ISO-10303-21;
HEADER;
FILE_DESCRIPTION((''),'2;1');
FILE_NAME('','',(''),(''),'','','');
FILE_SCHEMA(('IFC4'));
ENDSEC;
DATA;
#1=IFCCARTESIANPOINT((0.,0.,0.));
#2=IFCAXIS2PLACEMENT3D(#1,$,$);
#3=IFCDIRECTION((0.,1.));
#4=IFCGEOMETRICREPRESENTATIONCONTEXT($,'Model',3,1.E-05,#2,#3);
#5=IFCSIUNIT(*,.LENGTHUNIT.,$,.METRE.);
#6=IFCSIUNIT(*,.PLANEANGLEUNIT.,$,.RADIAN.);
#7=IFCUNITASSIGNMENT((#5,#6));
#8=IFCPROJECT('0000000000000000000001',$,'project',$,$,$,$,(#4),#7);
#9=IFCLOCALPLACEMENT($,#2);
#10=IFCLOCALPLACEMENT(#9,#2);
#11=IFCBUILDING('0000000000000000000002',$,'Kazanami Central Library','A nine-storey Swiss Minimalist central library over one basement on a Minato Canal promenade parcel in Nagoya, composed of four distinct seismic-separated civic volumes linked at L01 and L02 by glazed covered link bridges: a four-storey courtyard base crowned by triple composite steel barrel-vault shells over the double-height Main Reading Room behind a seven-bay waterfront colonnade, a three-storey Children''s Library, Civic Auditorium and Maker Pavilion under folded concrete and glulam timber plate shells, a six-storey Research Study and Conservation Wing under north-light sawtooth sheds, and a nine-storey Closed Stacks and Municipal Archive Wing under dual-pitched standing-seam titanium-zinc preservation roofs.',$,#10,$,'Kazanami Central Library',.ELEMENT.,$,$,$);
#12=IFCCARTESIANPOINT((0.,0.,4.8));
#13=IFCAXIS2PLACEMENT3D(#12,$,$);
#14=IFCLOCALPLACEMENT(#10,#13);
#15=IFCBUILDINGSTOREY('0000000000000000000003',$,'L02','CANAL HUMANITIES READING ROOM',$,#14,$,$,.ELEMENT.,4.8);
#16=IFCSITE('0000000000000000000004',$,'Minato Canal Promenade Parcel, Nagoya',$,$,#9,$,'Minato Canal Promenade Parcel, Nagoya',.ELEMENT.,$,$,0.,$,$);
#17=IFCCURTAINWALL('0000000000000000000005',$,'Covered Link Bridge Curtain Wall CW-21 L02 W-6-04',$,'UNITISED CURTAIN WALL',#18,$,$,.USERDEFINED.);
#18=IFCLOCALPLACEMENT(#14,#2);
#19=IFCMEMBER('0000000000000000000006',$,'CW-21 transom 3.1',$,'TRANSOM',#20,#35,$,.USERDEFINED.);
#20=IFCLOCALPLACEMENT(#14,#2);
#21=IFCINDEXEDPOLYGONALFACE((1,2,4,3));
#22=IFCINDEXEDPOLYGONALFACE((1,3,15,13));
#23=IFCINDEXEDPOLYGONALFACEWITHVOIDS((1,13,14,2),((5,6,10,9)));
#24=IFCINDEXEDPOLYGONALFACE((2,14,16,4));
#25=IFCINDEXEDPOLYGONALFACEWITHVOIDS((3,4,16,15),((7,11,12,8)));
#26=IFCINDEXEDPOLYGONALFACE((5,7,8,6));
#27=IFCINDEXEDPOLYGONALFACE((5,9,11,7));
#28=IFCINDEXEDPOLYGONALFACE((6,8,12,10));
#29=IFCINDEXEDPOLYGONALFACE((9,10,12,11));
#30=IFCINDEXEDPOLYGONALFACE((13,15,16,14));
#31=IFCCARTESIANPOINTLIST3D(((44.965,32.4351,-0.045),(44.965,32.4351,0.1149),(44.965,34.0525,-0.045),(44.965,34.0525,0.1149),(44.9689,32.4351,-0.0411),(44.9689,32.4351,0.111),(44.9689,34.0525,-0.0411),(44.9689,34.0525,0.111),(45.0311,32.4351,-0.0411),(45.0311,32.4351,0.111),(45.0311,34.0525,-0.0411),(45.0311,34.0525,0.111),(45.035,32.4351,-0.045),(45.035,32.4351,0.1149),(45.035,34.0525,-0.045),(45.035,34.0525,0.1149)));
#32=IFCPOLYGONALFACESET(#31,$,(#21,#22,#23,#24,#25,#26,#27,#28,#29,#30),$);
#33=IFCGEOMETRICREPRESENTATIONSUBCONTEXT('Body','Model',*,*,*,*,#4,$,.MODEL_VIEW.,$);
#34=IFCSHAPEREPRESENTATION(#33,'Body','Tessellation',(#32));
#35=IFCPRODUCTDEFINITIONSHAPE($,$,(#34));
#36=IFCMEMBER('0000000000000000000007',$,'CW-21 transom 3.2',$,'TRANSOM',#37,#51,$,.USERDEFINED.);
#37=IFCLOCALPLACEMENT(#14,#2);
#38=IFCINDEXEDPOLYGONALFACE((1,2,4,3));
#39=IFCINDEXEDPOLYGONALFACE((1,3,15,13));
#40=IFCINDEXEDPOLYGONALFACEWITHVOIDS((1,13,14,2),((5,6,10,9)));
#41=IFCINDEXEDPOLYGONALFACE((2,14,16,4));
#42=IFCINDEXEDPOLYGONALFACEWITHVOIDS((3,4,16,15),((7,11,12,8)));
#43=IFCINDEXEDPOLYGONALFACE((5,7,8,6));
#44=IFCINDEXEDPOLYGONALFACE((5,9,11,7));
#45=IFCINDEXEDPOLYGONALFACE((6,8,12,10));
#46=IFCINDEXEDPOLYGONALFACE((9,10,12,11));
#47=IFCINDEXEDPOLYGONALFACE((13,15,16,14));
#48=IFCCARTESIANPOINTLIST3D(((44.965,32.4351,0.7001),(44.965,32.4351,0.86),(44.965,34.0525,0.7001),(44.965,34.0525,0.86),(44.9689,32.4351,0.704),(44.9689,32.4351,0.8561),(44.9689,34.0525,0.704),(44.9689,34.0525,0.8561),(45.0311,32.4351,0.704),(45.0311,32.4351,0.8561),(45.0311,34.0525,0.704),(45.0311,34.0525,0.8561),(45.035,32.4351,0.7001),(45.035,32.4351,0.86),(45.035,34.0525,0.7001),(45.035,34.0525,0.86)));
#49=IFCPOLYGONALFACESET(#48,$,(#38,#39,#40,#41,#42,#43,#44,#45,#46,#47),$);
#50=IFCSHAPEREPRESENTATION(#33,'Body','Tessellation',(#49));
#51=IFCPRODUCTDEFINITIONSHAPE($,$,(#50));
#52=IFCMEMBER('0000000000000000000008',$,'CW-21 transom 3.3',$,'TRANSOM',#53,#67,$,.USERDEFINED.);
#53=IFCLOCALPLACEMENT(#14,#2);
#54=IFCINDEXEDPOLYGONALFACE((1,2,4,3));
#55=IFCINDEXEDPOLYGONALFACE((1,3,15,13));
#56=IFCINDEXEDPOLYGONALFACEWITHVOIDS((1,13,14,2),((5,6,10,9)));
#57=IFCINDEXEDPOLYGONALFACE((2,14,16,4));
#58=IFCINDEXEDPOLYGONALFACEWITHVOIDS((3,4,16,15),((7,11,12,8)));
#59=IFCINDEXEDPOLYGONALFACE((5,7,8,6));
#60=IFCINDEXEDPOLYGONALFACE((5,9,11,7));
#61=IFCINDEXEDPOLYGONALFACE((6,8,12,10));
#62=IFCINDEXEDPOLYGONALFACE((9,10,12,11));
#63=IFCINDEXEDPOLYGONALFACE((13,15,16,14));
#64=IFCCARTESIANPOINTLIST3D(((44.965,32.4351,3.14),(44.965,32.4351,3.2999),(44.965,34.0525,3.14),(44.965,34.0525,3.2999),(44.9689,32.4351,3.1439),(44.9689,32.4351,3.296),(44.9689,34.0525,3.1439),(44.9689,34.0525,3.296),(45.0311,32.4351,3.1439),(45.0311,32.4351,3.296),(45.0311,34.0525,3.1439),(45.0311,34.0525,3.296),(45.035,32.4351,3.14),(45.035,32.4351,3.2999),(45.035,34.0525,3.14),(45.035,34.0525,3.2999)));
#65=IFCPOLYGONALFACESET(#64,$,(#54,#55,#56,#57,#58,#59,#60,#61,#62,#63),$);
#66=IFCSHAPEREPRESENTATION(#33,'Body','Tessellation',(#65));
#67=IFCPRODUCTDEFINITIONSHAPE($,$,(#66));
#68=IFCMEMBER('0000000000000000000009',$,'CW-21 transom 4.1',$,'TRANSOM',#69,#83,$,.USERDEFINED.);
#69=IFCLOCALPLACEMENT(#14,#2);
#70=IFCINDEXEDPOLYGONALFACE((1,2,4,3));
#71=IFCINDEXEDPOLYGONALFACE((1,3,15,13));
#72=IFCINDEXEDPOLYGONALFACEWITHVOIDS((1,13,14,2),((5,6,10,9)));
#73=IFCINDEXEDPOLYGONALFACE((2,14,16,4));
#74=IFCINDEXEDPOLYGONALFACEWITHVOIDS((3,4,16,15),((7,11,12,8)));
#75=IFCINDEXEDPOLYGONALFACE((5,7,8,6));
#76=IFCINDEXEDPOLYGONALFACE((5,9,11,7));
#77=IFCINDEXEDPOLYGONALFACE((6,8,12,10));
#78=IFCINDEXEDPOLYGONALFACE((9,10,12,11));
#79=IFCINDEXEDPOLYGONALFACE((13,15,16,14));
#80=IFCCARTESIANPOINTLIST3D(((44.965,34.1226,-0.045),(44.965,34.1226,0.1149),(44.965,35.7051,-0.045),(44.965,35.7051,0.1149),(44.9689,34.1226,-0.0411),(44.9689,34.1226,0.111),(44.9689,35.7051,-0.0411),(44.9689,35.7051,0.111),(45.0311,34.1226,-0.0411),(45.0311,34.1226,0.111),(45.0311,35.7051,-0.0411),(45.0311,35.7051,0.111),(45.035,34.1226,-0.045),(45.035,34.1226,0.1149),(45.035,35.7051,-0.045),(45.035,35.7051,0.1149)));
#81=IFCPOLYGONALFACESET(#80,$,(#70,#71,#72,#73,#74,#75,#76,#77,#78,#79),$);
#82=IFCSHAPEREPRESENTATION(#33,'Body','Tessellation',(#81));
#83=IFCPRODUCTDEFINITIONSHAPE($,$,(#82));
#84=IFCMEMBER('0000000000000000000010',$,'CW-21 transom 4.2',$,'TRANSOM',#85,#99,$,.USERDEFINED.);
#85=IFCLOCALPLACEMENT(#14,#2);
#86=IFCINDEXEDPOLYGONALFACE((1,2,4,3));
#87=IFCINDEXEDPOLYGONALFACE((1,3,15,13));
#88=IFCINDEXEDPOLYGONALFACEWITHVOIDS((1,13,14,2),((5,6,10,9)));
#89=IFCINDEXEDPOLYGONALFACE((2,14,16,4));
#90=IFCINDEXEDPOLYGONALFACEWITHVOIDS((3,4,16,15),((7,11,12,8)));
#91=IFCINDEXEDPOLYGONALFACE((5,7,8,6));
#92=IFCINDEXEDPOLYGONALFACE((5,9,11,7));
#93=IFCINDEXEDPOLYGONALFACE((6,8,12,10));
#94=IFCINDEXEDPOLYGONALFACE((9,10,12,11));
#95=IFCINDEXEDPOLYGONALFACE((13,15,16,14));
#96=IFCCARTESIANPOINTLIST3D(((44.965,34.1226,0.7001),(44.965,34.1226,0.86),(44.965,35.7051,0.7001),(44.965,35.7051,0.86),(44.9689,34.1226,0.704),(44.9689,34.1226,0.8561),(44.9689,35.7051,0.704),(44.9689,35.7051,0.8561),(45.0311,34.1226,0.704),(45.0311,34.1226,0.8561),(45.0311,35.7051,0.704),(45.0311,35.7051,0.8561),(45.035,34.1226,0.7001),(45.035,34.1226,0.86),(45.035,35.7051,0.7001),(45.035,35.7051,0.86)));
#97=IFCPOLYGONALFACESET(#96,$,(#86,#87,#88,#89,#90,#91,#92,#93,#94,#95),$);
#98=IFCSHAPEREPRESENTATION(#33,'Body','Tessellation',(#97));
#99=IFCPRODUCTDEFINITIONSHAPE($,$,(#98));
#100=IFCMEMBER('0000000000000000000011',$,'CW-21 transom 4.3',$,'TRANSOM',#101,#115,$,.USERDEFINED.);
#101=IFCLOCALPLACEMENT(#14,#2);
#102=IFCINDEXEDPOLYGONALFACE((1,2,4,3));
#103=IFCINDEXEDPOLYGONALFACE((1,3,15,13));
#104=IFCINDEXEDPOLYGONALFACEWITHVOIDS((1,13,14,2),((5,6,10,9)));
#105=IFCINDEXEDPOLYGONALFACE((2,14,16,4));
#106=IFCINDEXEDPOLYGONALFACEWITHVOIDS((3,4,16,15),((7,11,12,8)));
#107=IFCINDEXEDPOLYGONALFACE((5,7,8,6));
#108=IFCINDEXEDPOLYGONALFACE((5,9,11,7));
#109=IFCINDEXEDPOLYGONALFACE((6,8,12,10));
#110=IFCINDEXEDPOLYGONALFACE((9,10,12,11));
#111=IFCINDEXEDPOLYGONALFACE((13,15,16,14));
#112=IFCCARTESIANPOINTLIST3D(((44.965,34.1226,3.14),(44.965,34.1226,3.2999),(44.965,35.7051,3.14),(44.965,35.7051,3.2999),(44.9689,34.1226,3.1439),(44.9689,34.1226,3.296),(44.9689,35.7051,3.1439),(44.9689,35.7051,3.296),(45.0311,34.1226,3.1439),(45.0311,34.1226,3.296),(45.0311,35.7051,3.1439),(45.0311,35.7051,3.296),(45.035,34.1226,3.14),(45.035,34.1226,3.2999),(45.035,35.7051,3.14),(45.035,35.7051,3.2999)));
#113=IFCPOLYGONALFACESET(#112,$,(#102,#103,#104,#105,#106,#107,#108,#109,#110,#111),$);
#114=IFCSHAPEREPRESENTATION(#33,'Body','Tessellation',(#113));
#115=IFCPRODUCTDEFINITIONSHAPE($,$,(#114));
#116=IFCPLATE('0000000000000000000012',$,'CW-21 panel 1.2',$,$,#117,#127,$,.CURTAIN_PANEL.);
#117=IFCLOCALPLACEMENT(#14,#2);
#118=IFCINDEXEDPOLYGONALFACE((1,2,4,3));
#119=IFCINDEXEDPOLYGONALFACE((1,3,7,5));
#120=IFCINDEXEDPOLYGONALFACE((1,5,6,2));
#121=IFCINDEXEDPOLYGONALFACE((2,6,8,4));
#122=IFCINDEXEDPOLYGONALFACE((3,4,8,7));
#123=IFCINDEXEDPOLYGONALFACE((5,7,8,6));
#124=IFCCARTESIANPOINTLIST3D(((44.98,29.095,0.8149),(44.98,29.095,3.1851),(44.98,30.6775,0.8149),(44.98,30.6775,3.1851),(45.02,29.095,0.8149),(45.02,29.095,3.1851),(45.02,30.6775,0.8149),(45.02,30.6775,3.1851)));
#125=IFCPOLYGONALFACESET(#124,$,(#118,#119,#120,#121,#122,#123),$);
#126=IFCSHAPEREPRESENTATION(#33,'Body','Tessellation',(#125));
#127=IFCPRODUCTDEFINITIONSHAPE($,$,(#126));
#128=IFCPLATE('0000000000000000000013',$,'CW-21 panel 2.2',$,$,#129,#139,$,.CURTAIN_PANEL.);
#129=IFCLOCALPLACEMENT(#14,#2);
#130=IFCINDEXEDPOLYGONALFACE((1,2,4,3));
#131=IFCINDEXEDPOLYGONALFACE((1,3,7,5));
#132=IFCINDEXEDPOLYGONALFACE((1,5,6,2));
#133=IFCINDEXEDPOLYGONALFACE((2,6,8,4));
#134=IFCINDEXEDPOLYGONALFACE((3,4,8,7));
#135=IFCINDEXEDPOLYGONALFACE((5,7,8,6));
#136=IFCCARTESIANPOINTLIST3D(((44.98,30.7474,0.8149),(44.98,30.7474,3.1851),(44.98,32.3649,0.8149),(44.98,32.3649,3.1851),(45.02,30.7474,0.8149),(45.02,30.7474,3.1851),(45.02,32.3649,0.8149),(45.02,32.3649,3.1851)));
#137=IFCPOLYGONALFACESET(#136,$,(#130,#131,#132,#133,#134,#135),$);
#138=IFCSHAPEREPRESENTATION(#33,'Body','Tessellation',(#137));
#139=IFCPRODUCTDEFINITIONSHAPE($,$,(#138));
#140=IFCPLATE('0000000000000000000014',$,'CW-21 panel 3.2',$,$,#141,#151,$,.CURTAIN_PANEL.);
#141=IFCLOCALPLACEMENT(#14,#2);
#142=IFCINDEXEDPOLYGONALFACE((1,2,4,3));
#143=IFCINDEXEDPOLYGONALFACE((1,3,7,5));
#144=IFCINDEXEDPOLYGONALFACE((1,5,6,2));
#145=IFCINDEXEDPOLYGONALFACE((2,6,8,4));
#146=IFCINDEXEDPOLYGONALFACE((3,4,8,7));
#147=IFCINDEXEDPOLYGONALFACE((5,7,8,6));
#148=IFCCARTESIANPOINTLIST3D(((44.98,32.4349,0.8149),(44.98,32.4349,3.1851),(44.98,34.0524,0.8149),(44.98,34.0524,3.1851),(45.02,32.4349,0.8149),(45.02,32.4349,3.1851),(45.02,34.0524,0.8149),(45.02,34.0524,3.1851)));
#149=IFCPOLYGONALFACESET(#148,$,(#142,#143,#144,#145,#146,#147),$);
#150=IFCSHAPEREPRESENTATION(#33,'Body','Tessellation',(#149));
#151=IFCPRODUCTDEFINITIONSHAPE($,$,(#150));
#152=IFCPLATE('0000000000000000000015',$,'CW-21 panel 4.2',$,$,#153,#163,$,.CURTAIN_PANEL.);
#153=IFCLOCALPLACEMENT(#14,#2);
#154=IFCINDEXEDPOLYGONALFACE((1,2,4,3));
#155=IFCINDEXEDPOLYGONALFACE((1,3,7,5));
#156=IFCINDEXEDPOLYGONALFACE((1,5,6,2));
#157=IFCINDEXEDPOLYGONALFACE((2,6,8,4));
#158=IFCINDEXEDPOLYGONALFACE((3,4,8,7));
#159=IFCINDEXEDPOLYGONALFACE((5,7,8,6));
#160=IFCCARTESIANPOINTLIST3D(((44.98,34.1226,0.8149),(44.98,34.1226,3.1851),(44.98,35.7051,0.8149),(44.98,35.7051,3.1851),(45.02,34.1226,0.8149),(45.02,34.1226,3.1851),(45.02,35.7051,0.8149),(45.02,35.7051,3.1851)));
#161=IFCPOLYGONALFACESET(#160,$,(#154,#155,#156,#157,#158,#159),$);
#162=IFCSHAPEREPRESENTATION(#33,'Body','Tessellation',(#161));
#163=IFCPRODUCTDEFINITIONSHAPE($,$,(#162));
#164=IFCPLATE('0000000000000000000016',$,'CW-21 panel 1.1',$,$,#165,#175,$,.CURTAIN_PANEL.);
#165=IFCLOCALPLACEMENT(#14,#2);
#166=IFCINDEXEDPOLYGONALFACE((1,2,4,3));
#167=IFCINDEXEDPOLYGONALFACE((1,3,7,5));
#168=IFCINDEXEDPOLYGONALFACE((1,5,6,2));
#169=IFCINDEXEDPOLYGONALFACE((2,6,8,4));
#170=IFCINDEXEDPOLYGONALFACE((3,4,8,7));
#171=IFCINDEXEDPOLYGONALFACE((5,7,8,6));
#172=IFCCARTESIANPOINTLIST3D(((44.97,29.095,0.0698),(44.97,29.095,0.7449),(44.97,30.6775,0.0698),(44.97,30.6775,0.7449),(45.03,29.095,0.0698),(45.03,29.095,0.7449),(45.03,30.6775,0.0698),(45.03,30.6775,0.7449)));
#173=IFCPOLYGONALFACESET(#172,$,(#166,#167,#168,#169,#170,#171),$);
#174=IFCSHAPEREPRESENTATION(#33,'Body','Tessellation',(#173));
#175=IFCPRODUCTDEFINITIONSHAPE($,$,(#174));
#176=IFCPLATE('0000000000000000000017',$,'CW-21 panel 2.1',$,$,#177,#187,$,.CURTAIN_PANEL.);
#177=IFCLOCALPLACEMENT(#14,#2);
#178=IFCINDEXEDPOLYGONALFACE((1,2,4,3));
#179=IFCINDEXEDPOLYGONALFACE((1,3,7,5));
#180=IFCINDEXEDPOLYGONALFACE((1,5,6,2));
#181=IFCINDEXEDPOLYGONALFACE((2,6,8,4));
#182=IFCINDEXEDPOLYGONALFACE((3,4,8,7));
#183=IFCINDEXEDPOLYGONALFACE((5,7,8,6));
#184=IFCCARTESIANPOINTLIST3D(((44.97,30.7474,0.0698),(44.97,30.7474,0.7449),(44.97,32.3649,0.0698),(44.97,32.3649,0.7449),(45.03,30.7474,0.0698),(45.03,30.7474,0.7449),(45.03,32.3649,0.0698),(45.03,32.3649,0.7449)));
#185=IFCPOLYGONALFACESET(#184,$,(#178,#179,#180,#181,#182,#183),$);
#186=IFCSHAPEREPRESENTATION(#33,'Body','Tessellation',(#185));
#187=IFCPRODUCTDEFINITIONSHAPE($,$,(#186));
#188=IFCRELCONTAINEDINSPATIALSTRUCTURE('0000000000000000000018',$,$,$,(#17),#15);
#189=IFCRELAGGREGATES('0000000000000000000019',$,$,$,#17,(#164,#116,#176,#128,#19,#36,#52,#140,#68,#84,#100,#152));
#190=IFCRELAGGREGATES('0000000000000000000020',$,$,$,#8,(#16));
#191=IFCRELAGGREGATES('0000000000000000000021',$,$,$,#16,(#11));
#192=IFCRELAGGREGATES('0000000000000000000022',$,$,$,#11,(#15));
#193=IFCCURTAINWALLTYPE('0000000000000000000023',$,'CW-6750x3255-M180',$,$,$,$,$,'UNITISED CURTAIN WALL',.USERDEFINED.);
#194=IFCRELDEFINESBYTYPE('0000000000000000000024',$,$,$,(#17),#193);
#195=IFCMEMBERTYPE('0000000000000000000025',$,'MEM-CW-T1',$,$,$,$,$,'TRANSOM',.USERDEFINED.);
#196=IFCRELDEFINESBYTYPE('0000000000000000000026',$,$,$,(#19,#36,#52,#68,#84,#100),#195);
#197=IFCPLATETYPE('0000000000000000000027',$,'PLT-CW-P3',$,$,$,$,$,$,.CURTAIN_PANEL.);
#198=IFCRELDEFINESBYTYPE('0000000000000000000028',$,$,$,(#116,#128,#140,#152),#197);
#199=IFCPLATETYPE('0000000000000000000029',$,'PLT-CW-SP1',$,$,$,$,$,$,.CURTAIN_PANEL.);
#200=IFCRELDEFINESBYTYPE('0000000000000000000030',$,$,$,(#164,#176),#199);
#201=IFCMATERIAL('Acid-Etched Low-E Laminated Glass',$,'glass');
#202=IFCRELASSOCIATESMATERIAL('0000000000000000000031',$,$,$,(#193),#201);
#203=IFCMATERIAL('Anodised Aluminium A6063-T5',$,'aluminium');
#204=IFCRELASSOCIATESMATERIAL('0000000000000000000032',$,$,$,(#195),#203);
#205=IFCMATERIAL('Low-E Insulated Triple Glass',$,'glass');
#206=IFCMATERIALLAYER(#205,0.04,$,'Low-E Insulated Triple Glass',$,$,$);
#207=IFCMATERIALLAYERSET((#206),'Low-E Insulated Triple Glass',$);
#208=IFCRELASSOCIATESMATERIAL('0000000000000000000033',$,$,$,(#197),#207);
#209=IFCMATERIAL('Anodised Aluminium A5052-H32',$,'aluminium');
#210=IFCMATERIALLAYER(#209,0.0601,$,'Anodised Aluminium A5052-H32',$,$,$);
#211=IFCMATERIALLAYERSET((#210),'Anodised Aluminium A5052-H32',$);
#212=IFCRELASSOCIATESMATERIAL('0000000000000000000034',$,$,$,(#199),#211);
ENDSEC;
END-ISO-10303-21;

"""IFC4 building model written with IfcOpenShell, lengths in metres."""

from ifc_helpers import new_model, si_unit, direction, frame, origin, origin_2d, place, context, subcontext, project, spatial, rectangle, hollow_rectangle, extrude, material, layer, layer_set, material_profile, profile_set, type_object, element, aggregate, save


model = new_model("IFC4")

# Units and contexts
model_context = context("Model", 3, precision=1e-05, world=origin(), true_north=direction((0.0, 1.0)))
body_context = subcontext(model_context, "Body", "Model", "MODEL_VIEW")
ifc_project = project(units=[si_unit("LENGTHUNIT", "METRE"), si_unit("PLANEANGLEUNIT", "RADIAN")], contexts=[model_context])

# Site, building, storey
site_placement = place(None, origin())
site = spatial("IfcSite", under=ifc_project, at=site_placement, Name="Minato Canal Promenade Parcel, Nagoya", LongName="Minato Canal Promenade Parcel, Nagoya", CompositionType="ELEMENT", RefElevation=0.0)
building_placement = place(site_placement, origin())
building = spatial("IfcBuilding", under=site, at=building_placement, Name="Kazanami Central Library", Description="A nine-storey Swiss Minimalist central library over one basement on a Minato Canal promenade parcel in Nagoya, composed of four distinct seismic-separated civic volumes linked at L01 and L02 by glazed covered link bridges: a four-storey courtyard base crowned by triple composite steel barrel-vault shells over the double-height Main Reading Room behind a seven-bay waterfront colonnade, a three-storey Children's Library, Civic Auditorium and Maker Pavilion under folded concrete and glulam timber plate shells, a six-storey Research Study and Conservation Wing under north-light sawtooth sheds, and a nine-storey Closed Stacks and Municipal Archive Wing under dual-pitched standing-seam titanium-zinc preservation roofs.", LongName="Kazanami Central Library", CompositionType="ELEMENT")
storey_placement = place(building_placement, frame((0.0, 0.0, 4.8)))
storey = spatial("IfcBuildingStorey", under=building, at=storey_placement, Name="L02", Description="CANAL HUMANITIES READING ROOM", CompositionType="ELEMENT", Elevation=4.8)

# Curtain wall
ifc_material_1 = material(Name="Acid-Etched Low-E Laminated Glass", Category="glass")
curtain_wall_type_1 = type_object("IfcCurtainWallType", Name="CW-6750x3255-M180", ElementType="UNITISED CURTAIN WALL", PredefinedType="USERDEFINED", material=ifc_material_1)
curtain_wall_1_placement = place(storey_placement, origin())
curtain_wall_1 = element("IfcCurtainWall", 1, at=curtain_wall_1_placement, inside=storey, type_object=curtain_wall_type_1, Name="Covered Link Bridge Curtain Wall CW-21 L02 W-6-04", ObjectType="UNITISED CURTAIN WALL", PredefinedType="USERDEFINED")
ifc_material_2 = material(Name="Anodised Aluminium A6063-T5", Category="aluminium")

# Members
ifc_material_profile_1 = material_profile(ifc_material_2, hollow_rectangle(XDim=0.0701, YDim=0.1599, WallThickness=0.0039, at=origin_2d()), Name="ALU-TRAN-70x160x4")
ifc_profile_set_1 = profile_set([ifc_material_profile_1], Name="Anodised Aluminium A6063-T5")
member_type_1 = type_object("IfcMemberType", Name="MEM-CW-T1", ElementType="TRANSOM", PredefinedType="USERDEFINED", material=ifc_profile_set_1)
member_1_placement = place(storey_placement, frame((45.0, 32.4351, 0.0349), z_axis=(0.0, 1.0, 0.0), x_axis=(-1.0, 0.0, 0.0)))
member_1 = element("IfcMember", 2, at=member_1_placement, type_object=member_type_1, Name="CW-21 transom 3.1", ObjectType="TRANSOM", PredefinedType="USERDEFINED", context=body_context, shape_type="SweptSolid", body=[
    extrude(hollow_rectangle(XDim=0.0701, YDim=0.1599, WallThickness=0.0039, at=origin_2d()), origin(), (0.0, 0.0, 1.0), 1.6174),
])
member_2_placement = place(storey_placement, frame((45.0, 32.4351, 0.78), z_axis=(0.0, 1.0, 0.0), x_axis=(-1.0, 0.0, 0.0)))
member_2 = element("IfcMember", 3, at=member_2_placement, type_object=member_type_1, Name="CW-21 transom 3.2", ObjectType="TRANSOM", PredefinedType="USERDEFINED", context=body_context, shape_type="SweptSolid", body=[
    extrude(hollow_rectangle(XDim=0.0701, YDim=0.1599, WallThickness=0.0039, at=origin_2d()), origin(), (0.0, 0.0, 1.0), 1.6174),
])
member_3_placement = place(storey_placement, frame((45.0, 32.4351, 3.22), z_axis=(0.0, 1.0, 0.0), x_axis=(-1.0, 0.0, 0.0)))
member_3 = element("IfcMember", 4, at=member_3_placement, type_object=member_type_1, Name="CW-21 transom 3.3", ObjectType="TRANSOM", PredefinedType="USERDEFINED", context=body_context, shape_type="SweptSolid", body=[
    extrude(hollow_rectangle(XDim=0.0701, YDim=0.1599, WallThickness=0.0039, at=origin_2d()), origin(), (0.0, 0.0, 1.0), 1.6174),
])
member_4_placement = place(storey_placement, frame((45.0, 34.1226, 0.0349), z_axis=(0.0, 1.0, 0.0), x_axis=(-1.0, 0.0, 0.0)))
member_4 = element("IfcMember", 5, at=member_4_placement, type_object=member_type_1, Name="CW-21 transom 4.1", ObjectType="TRANSOM", PredefinedType="USERDEFINED", context=body_context, shape_type="SweptSolid", body=[
    extrude(hollow_rectangle(XDim=0.0701, YDim=0.1599, WallThickness=0.0039, at=origin_2d()), origin(), (0.0, 0.0, 1.0), 1.5825),
])
member_5_placement = place(storey_placement, frame((45.0, 34.1226, 0.78), z_axis=(0.0, 1.0, 0.0), x_axis=(-1.0, 0.0, 0.0)))
member_5 = element("IfcMember", 6, at=member_5_placement, type_object=member_type_1, Name="CW-21 transom 4.2", ObjectType="TRANSOM", PredefinedType="USERDEFINED", context=body_context, shape_type="SweptSolid", body=[
    extrude(hollow_rectangle(XDim=0.0701, YDim=0.1599, WallThickness=0.0039, at=origin_2d()), origin(), (0.0, 0.0, 1.0), 1.5825),
])
member_6_placement = place(storey_placement, frame((45.0, 34.1226, 3.22), z_axis=(0.0, 1.0, 0.0), x_axis=(-1.0, 0.0, 0.0)))
member_6 = element("IfcMember", 7, at=member_6_placement, type_object=member_type_1, Name="CW-21 transom 4.3", ObjectType="TRANSOM", PredefinedType="USERDEFINED", context=body_context, shape_type="SweptSolid", body=[
    extrude(hollow_rectangle(XDim=0.0701, YDim=0.1599, WallThickness=0.0039, at=origin_2d()), origin(), (0.0, 0.0, 1.0), 1.5825),
])

# Plates
ifc_material_3 = material(Name="Low-E Insulated Triple Glass", Category="glass")
ifc_layer_1 = layer(ifc_material_3, 0.04, Name="Low-E Insulated Triple Glass")
ifc_layer_set_1 = layer_set([ifc_layer_1], Name="Low-E Insulated Triple Glass")
plate_type_1 = type_object("IfcPlateType", Name="PLT-CW-P3", PredefinedType="CURTAIN_PANEL", material=ifc_layer_set_1)
plate_1_placement = place(storey_placement, frame((45.0, 29.8862, 0.8149), z_axis=(0.0, 0.0, 1.0), x_axis=(0.0, 1.0, 0.0)))
plate_1 = element("IfcPlate", 8, at=plate_1_placement, type_object=plate_type_1, Name="CW-21 panel 1.2", PredefinedType="CURTAIN_PANEL", context=body_context, shape_type="SweptSolid", body=[
    extrude(rectangle(XDim=1.5825, YDim=0.04, at=origin_2d()), origin(), (0.0, 0.0, 1.0), 2.3701),
])
plate_2_placement = place(storey_placement, frame((45.0, 31.5562, 0.8149), z_axis=(0.0, 0.0, 1.0), x_axis=(0.0, 1.0, 0.0)))
plate_2 = element("IfcPlate", 9, at=plate_2_placement, type_object=plate_type_1, Name="CW-21 panel 2.2", PredefinedType="CURTAIN_PANEL", context=body_context, shape_type="SweptSolid", body=[
    extrude(rectangle(XDim=1.6174, YDim=0.04, at=origin_2d()), origin(), (0.0, 0.0, 1.0), 2.3701),
])
plate_3_placement = place(storey_placement, frame((45.0, 33.2437, 0.8149), z_axis=(0.0, 0.0, 1.0), x_axis=(0.0, 1.0, 0.0)))
plate_3 = element("IfcPlate", 10, at=plate_3_placement, type_object=plate_type_1, Name="CW-21 panel 3.2", PredefinedType="CURTAIN_PANEL", context=body_context, shape_type="SweptSolid", body=[
    extrude(rectangle(XDim=1.6174, YDim=0.04, at=origin_2d()), origin(), (0.0, 0.0, 1.0), 2.3701),
])
plate_4_placement = place(storey_placement, frame((45.0, 34.9138, 0.8149), z_axis=(0.0, 0.0, 1.0), x_axis=(0.0, 1.0, 0.0)))
plate_4 = element("IfcPlate", 11, at=plate_4_placement, type_object=plate_type_1, Name="CW-21 panel 4.2", PredefinedType="CURTAIN_PANEL", context=body_context, shape_type="SweptSolid", body=[
    extrude(rectangle(XDim=1.5825, YDim=0.04, at=origin_2d()), origin(), (0.0, 0.0, 1.0), 2.3701),
])
ifc_material_4 = material(Name="Anodised Aluminium A5052-H32", Category="aluminium")
ifc_layer_2 = layer(ifc_material_4, 0.0601, Name="Anodised Aluminium A5052-H32")
ifc_layer_set_2 = layer_set([ifc_layer_2], Name="Anodised Aluminium A5052-H32")
plate_type_2 = type_object("IfcPlateType", Name="PLT-CW-SP1", PredefinedType="CURTAIN_PANEL", material=ifc_layer_set_2)
plate_5_placement = place(storey_placement, frame((45.0, 29.8862, 0.0698), z_axis=(0.0, 0.0, 1.0), x_axis=(0.0, 1.0, 0.0)))
plate_5 = element("IfcPlate", 12, at=plate_5_placement, type_object=plate_type_2, Name="CW-21 panel 1.1", PredefinedType="CURTAIN_PANEL", context=body_context, shape_type="SweptSolid", body=[
    extrude(rectangle(XDim=1.5825, YDim=0.0601, at=origin_2d()), origin(), (0.0, 0.0, 1.0), 0.675),
])
plate_6_placement = place(storey_placement, frame((45.0, 31.5562, 0.0698), z_axis=(0.0, 0.0, 1.0), x_axis=(0.0, 1.0, 0.0)))
plate_6 = element("IfcPlate", 13, at=plate_6_placement, type_object=plate_type_2, Name="CW-21 panel 2.1", PredefinedType="CURTAIN_PANEL", context=body_context, shape_type="SweptSolid", body=[
    extrude(rectangle(XDim=1.6174, YDim=0.0601, at=origin_2d()), origin(), (0.0, 0.0, 1.0), 0.675),
])
aggregate(curtain_wall_1, [plate_5, plate_1, plate_6, plate_2, member_1, member_2, member_3, plate_3, member_4, member_5, member_6, plate_4])

save(model, "model.ifc")
